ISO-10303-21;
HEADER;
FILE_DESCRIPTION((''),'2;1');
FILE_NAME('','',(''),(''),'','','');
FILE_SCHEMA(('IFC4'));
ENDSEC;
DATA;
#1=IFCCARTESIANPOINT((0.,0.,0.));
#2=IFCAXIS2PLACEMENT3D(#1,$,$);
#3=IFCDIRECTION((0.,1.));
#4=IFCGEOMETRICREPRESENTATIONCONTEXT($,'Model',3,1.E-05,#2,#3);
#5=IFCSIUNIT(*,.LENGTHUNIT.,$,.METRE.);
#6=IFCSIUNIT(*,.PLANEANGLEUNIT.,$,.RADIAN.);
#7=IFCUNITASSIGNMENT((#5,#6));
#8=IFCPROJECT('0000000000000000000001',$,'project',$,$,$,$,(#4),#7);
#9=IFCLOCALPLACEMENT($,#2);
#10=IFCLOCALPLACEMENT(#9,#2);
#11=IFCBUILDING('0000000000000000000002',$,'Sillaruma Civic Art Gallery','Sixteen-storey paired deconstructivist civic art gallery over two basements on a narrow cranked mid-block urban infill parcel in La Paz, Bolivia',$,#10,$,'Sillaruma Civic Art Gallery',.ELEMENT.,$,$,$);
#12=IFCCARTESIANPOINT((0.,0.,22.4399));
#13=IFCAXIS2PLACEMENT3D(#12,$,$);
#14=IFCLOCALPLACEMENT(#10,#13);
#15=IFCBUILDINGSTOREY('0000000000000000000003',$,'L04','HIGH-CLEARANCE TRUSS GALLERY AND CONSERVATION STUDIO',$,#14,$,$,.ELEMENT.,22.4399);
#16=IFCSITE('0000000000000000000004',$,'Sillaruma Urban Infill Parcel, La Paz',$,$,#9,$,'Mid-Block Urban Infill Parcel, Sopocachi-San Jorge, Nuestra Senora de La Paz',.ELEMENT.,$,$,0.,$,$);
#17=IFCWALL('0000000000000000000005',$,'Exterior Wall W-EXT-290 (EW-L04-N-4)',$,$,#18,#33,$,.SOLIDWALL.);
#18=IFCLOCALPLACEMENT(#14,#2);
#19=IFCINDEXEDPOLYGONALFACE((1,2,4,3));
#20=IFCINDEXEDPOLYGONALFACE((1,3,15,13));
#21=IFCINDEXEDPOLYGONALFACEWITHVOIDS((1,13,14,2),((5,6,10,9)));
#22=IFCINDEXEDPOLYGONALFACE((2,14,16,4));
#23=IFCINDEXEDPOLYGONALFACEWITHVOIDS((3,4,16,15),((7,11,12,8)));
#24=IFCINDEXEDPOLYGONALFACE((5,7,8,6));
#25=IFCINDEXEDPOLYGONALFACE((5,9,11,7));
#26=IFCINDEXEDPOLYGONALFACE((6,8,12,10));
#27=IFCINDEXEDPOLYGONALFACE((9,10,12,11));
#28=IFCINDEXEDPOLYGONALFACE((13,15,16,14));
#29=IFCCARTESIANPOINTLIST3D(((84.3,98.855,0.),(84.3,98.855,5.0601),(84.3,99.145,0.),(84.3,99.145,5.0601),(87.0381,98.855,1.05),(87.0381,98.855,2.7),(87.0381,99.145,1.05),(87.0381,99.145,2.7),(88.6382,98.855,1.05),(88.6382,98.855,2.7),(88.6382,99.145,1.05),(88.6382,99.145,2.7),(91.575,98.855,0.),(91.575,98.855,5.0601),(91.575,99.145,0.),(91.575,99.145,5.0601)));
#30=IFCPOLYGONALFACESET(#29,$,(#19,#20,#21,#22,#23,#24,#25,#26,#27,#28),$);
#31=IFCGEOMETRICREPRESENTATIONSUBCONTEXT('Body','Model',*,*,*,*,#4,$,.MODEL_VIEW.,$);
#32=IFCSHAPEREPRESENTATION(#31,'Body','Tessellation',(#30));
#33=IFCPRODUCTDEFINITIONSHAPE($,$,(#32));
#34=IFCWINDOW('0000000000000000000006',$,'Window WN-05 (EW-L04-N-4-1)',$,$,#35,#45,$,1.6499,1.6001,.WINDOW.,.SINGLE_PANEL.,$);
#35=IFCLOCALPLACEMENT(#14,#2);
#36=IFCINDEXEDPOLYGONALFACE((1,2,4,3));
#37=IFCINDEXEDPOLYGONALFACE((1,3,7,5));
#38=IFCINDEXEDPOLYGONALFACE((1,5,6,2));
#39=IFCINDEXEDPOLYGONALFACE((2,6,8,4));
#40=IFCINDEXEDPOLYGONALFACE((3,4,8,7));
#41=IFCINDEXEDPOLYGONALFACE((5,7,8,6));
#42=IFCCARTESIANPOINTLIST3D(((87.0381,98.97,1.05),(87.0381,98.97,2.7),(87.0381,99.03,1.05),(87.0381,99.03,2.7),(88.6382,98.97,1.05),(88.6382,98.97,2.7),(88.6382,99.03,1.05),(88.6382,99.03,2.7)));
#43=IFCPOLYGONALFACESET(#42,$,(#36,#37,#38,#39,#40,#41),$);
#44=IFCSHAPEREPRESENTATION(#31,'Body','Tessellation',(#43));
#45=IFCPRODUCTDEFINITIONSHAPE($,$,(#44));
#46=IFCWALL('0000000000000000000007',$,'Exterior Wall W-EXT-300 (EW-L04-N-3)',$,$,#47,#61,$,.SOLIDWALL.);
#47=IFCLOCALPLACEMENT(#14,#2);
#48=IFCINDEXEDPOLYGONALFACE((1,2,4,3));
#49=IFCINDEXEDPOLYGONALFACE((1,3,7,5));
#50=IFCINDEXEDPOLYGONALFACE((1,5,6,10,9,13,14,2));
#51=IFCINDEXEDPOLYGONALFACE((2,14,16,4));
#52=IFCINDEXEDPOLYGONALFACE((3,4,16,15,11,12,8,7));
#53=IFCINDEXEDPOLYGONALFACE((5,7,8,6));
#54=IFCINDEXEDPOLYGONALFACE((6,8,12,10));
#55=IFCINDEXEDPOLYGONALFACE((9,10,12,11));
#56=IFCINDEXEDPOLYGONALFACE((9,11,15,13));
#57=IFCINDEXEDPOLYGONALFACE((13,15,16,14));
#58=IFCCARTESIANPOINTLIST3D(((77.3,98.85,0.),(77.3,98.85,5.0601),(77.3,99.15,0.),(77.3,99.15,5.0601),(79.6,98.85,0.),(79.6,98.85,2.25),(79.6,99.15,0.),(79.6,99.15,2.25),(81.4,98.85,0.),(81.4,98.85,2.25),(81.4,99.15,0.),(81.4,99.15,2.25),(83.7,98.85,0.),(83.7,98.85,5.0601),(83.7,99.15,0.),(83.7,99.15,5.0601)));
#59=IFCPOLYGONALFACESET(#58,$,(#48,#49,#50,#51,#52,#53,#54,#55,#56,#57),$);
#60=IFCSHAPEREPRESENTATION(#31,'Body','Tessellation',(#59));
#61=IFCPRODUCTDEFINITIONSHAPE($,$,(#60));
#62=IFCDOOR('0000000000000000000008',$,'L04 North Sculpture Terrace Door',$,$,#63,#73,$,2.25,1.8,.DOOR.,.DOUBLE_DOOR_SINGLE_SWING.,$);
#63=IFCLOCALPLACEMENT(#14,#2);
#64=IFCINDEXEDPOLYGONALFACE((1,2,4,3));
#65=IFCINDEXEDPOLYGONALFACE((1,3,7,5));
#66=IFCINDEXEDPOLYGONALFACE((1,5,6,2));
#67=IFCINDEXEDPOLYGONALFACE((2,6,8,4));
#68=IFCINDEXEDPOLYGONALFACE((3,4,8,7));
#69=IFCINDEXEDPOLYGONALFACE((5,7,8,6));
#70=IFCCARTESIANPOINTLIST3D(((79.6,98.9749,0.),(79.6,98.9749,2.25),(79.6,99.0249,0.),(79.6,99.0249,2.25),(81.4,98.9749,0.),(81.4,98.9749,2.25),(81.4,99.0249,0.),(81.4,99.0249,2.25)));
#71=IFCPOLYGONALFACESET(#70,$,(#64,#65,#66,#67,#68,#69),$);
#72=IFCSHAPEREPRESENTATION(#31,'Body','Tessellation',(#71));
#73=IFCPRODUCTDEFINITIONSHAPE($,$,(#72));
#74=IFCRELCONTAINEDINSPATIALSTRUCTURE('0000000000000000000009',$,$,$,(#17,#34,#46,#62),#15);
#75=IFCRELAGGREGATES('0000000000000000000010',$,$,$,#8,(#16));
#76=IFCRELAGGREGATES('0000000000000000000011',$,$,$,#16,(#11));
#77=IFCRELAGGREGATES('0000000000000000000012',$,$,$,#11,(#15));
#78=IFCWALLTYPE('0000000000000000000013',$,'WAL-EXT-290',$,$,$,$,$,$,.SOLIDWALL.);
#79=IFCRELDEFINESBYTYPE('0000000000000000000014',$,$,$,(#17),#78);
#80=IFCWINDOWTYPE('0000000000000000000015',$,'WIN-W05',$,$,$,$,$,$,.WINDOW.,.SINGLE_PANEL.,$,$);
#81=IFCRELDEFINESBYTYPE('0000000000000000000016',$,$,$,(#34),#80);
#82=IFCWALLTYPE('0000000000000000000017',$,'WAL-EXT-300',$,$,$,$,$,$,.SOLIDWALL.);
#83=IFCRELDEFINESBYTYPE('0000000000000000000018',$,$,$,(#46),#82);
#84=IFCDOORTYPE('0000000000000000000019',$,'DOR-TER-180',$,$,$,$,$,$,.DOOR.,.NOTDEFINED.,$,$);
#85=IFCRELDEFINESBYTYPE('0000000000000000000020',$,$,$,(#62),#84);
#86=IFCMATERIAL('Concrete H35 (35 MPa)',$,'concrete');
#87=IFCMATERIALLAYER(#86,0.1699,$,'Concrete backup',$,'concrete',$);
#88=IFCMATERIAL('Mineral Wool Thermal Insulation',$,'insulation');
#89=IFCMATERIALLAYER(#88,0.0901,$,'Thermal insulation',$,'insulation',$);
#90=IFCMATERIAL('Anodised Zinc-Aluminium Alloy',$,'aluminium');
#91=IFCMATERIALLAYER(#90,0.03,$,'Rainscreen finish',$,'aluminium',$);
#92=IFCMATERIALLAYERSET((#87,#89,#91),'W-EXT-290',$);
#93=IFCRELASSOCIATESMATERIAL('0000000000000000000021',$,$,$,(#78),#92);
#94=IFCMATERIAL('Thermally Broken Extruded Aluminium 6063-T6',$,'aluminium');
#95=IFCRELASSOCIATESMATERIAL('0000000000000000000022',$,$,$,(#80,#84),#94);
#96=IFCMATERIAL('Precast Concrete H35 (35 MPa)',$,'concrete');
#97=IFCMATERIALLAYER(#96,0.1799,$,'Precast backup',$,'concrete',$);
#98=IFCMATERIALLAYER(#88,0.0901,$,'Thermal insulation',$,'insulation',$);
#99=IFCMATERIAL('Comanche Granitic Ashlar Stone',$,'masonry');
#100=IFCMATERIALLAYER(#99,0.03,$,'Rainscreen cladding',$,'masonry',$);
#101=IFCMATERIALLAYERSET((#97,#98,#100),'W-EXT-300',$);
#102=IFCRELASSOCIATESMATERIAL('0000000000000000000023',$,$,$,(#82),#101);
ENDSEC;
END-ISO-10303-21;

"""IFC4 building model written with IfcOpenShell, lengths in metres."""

from ifc_helpers import new_model, si_unit, direction, frame, frame_2d, origin, place, context, subcontext, project, spatial, rectangle, extrude, material, layer, layer_set, type_object, element, fill, save


model = new_model("IFC4")

# Units and contexts
model_context = context("Model", 3, precision=1e-05, world=origin(), true_north=direction((0.0, 1.0)))
body_context = subcontext(model_context, "Body", "Model", "MODEL_VIEW")
ifc_project = project(units=[si_unit("LENGTHUNIT", "METRE"), si_unit("PLANEANGLEUNIT", "RADIAN")], contexts=[model_context])

# Site, building, storey
site_placement = place(None, origin())
site = spatial("IfcSite", under=ifc_project, at=site_placement, Name="Sillaruma Urban Infill Parcel, La Paz", LongName="Mid-Block Urban Infill Parcel, Sopocachi-San Jorge, Nuestra Senora de La Paz", CompositionType="ELEMENT", RefElevation=0.0)
building_placement = place(site_placement, origin())
building = spatial("IfcBuilding", under=site, at=building_placement, Name="Sillaruma Civic Art Gallery", Description="Sixteen-storey paired deconstructivist civic art gallery over two basements on a narrow cranked mid-block urban infill parcel in La Paz, Bolivia", LongName="Sillaruma Civic Art Gallery", CompositionType="ELEMENT")
storey_placement = place(building_placement, frame((0.0, 0.0, 22.4399)))
storey = spatial("IfcBuildingStorey", under=building, at=storey_placement, Name="L04", Description="HIGH-CLEARANCE TRUSS GALLERY AND CONSERVATION STUDIO", CompositionType="ELEMENT", Elevation=22.4399)

# Shared definitions
ifc_material_1 = material(Name="Concrete H35 (35 MPa)", Category="concrete")

# Wall, opening, window
ifc_layer_1 = layer(ifc_material_1, 0.1699, Name="Concrete backup", Category="concrete")
ifc_material_2 = material(Name="Mineral Wool Thermal Insulation", Category="insulation")
ifc_layer_2 = layer(ifc_material_2, 0.0901, Name="Thermal insulation", Category="insulation")
ifc_material_3 = material(Name="Anodised Zinc-Aluminium Alloy", Category="aluminium")
ifc_layer_3 = layer(ifc_material_3, 0.03, Name="Rainscreen finish", Category="aluminium")
ifc_layer_set_1 = layer_set([ifc_layer_1, ifc_layer_2, ifc_layer_3], Name="W-EXT-290")
wall_type_1 = type_object("IfcWallType", Name="WAL-EXT-290", PredefinedType="SOLIDWALL", material=ifc_layer_set_1)
wall_1_placement = place(storey_placement, frame((84.3, 99.0, 0.0), z_axis=(0.0, 0.0, 1.0), x_axis=(1.0, 0.0, 0.0)))
wall_1 = element("IfcWall", 1, at=wall_1_placement, inside=storey, type_object=wall_type_1, Name="Exterior Wall W-EXT-290 (EW-L04-N-4)", PredefinedType="SOLIDWALL", context=body_context, shape_type="SweptSolid", body=[
    extrude(rectangle(XDim=7.2749, YDim=0.29, at=frame_2d((3.6375, 0.0))), origin(), (0.0, 0.0, 1.0), 5.0601),
])
opening_1_placement = place(wall_1_placement, frame((2.738, 0.0, 1.05)))
opening_1 = element("IfcOpeningElement", 2, at=opening_1_placement, cuts=wall_1, PredefinedType="OPENING", context=body_context, shape_type="SweptSolid", body=[
    extrude(rectangle(XDim=1.6001, YDim=1.6499, at=frame_2d((0.8, 0.825))), frame((0.0, 0.155, 0.0), z_axis=(0.0, -1.0, 0.0), x_axis=(1.0, 0.0, 0.0)), (0.0, 0.0, 1.0), 0.3101),
])
ifc_material_4 = material(Name="Thermally Broken Extruded Aluminium 6063-T6", Category="aluminium")
window_type = type_object("IfcWindowType", Name="WIN-W05", PartitioningType="SINGLE_PANEL", PredefinedType="WINDOW", material=ifc_material_4)
window_placement = place(opening_1_placement, origin())
window = element("IfcWindow", 3, at=window_placement, inside=storey, type_object=window_type, Name="Window WN-05 (EW-L04-N-4-1)", OverallHeight=1.6499, OverallWidth=1.6001, PartitioningType="SINGLE_PANEL", PredefinedType="WINDOW", context=body_context, shape_type="SweptSolid", body=[
    extrude(rectangle(XDim=1.6001, YDim=1.6499, at=frame_2d((0.8, 0.825))), frame((0.0, 0.03, 0.0), z_axis=(0.0, -1.0, 0.0), x_axis=(1.0, 0.0, 0.0)), (0.0, 0.0, 1.0), 0.0601),
])
fill(opening_1, window)

# Wall, opening, door
ifc_material_5 = material(Name="Precast Concrete H35 (35 MPa)", Category="concrete")
ifc_layer_4 = layer(ifc_material_5, 0.1799, Name="Precast backup", Category="concrete")
ifc_layer_5 = layer(ifc_material_2, 0.0901, Name="Thermal insulation", Category="insulation")
ifc_material_6 = material(Name="Comanche Granitic Ashlar Stone", Category="masonry")
ifc_layer_6 = layer(ifc_material_6, 0.03, Name="Rainscreen cladding", Category="masonry")
ifc_layer_set_2 = layer_set([ifc_layer_4, ifc_layer_5, ifc_layer_6], Name="W-EXT-300")
wall_type_2 = type_object("IfcWallType", Name="WAL-EXT-300", PredefinedType="SOLIDWALL", material=ifc_layer_set_2)
wall_2_placement = place(storey_placement, frame((77.3, 99.0, 0.0), z_axis=(0.0, 0.0, 1.0), x_axis=(1.0, 0.0, 0.0)))
wall_2 = element("IfcWall", 4, at=wall_2_placement, inside=storey, type_object=wall_type_2, Name="Exterior Wall W-EXT-300 (EW-L04-N-3)", PredefinedType="SOLIDWALL", context=body_context, shape_type="SweptSolid", body=[
    extrude(rectangle(XDim=6.3999, YDim=0.3, at=frame_2d((3.2, 0.0))), origin(), (0.0, 0.0, 1.0), 5.0601),
])
opening_2_placement = place(wall_2_placement, frame((2.3, 0.0, 0.0)))
opening_2 = element("IfcOpeningElement", 5, at=opening_2_placement, cuts=wall_2, PredefinedType="OPENING", context=body_context, shape_type="SweptSolid", body=[
    extrude(rectangle(XDim=1.8, YDim=2.25, at=frame_2d((0.8999, 1.125))), frame((0.0, 0.1599, 0.0), z_axis=(0.0, -1.0, 0.0), x_axis=(1.0, 0.0, 0.0)), (0.0, 0.0, 1.0), 0.3201),
])
door_type = type_object("IfcDoorType", Name="DOR-TER-180", OperationType="NOTDEFINED", PredefinedType="DOOR", material=ifc_material_4)
door_placement = place(opening_2_placement, origin())
door = element("IfcDoor", 6, at=door_placement, inside=storey, type_object=door_type, Name="L04 North Sculpture Terrace Door", OperationType="DOUBLE_DOOR_SINGLE_SWING", OverallHeight=2.25, OverallWidth=1.8, PredefinedType="DOOR", context=body_context, shape_type="SweptSolid", body=[
    extrude(rectangle(XDim=1.8, YDim=2.25, at=frame_2d((0.8999, 1.125))), frame((0.0, 0.0249, 0.0), z_axis=(0.0, -1.0, 0.0), x_axis=(1.0, 0.0, 0.0)), (0.0, 0.0, 1.0), 0.05),
])
fill(opening_2, door)

save(model, "model.ifc")
